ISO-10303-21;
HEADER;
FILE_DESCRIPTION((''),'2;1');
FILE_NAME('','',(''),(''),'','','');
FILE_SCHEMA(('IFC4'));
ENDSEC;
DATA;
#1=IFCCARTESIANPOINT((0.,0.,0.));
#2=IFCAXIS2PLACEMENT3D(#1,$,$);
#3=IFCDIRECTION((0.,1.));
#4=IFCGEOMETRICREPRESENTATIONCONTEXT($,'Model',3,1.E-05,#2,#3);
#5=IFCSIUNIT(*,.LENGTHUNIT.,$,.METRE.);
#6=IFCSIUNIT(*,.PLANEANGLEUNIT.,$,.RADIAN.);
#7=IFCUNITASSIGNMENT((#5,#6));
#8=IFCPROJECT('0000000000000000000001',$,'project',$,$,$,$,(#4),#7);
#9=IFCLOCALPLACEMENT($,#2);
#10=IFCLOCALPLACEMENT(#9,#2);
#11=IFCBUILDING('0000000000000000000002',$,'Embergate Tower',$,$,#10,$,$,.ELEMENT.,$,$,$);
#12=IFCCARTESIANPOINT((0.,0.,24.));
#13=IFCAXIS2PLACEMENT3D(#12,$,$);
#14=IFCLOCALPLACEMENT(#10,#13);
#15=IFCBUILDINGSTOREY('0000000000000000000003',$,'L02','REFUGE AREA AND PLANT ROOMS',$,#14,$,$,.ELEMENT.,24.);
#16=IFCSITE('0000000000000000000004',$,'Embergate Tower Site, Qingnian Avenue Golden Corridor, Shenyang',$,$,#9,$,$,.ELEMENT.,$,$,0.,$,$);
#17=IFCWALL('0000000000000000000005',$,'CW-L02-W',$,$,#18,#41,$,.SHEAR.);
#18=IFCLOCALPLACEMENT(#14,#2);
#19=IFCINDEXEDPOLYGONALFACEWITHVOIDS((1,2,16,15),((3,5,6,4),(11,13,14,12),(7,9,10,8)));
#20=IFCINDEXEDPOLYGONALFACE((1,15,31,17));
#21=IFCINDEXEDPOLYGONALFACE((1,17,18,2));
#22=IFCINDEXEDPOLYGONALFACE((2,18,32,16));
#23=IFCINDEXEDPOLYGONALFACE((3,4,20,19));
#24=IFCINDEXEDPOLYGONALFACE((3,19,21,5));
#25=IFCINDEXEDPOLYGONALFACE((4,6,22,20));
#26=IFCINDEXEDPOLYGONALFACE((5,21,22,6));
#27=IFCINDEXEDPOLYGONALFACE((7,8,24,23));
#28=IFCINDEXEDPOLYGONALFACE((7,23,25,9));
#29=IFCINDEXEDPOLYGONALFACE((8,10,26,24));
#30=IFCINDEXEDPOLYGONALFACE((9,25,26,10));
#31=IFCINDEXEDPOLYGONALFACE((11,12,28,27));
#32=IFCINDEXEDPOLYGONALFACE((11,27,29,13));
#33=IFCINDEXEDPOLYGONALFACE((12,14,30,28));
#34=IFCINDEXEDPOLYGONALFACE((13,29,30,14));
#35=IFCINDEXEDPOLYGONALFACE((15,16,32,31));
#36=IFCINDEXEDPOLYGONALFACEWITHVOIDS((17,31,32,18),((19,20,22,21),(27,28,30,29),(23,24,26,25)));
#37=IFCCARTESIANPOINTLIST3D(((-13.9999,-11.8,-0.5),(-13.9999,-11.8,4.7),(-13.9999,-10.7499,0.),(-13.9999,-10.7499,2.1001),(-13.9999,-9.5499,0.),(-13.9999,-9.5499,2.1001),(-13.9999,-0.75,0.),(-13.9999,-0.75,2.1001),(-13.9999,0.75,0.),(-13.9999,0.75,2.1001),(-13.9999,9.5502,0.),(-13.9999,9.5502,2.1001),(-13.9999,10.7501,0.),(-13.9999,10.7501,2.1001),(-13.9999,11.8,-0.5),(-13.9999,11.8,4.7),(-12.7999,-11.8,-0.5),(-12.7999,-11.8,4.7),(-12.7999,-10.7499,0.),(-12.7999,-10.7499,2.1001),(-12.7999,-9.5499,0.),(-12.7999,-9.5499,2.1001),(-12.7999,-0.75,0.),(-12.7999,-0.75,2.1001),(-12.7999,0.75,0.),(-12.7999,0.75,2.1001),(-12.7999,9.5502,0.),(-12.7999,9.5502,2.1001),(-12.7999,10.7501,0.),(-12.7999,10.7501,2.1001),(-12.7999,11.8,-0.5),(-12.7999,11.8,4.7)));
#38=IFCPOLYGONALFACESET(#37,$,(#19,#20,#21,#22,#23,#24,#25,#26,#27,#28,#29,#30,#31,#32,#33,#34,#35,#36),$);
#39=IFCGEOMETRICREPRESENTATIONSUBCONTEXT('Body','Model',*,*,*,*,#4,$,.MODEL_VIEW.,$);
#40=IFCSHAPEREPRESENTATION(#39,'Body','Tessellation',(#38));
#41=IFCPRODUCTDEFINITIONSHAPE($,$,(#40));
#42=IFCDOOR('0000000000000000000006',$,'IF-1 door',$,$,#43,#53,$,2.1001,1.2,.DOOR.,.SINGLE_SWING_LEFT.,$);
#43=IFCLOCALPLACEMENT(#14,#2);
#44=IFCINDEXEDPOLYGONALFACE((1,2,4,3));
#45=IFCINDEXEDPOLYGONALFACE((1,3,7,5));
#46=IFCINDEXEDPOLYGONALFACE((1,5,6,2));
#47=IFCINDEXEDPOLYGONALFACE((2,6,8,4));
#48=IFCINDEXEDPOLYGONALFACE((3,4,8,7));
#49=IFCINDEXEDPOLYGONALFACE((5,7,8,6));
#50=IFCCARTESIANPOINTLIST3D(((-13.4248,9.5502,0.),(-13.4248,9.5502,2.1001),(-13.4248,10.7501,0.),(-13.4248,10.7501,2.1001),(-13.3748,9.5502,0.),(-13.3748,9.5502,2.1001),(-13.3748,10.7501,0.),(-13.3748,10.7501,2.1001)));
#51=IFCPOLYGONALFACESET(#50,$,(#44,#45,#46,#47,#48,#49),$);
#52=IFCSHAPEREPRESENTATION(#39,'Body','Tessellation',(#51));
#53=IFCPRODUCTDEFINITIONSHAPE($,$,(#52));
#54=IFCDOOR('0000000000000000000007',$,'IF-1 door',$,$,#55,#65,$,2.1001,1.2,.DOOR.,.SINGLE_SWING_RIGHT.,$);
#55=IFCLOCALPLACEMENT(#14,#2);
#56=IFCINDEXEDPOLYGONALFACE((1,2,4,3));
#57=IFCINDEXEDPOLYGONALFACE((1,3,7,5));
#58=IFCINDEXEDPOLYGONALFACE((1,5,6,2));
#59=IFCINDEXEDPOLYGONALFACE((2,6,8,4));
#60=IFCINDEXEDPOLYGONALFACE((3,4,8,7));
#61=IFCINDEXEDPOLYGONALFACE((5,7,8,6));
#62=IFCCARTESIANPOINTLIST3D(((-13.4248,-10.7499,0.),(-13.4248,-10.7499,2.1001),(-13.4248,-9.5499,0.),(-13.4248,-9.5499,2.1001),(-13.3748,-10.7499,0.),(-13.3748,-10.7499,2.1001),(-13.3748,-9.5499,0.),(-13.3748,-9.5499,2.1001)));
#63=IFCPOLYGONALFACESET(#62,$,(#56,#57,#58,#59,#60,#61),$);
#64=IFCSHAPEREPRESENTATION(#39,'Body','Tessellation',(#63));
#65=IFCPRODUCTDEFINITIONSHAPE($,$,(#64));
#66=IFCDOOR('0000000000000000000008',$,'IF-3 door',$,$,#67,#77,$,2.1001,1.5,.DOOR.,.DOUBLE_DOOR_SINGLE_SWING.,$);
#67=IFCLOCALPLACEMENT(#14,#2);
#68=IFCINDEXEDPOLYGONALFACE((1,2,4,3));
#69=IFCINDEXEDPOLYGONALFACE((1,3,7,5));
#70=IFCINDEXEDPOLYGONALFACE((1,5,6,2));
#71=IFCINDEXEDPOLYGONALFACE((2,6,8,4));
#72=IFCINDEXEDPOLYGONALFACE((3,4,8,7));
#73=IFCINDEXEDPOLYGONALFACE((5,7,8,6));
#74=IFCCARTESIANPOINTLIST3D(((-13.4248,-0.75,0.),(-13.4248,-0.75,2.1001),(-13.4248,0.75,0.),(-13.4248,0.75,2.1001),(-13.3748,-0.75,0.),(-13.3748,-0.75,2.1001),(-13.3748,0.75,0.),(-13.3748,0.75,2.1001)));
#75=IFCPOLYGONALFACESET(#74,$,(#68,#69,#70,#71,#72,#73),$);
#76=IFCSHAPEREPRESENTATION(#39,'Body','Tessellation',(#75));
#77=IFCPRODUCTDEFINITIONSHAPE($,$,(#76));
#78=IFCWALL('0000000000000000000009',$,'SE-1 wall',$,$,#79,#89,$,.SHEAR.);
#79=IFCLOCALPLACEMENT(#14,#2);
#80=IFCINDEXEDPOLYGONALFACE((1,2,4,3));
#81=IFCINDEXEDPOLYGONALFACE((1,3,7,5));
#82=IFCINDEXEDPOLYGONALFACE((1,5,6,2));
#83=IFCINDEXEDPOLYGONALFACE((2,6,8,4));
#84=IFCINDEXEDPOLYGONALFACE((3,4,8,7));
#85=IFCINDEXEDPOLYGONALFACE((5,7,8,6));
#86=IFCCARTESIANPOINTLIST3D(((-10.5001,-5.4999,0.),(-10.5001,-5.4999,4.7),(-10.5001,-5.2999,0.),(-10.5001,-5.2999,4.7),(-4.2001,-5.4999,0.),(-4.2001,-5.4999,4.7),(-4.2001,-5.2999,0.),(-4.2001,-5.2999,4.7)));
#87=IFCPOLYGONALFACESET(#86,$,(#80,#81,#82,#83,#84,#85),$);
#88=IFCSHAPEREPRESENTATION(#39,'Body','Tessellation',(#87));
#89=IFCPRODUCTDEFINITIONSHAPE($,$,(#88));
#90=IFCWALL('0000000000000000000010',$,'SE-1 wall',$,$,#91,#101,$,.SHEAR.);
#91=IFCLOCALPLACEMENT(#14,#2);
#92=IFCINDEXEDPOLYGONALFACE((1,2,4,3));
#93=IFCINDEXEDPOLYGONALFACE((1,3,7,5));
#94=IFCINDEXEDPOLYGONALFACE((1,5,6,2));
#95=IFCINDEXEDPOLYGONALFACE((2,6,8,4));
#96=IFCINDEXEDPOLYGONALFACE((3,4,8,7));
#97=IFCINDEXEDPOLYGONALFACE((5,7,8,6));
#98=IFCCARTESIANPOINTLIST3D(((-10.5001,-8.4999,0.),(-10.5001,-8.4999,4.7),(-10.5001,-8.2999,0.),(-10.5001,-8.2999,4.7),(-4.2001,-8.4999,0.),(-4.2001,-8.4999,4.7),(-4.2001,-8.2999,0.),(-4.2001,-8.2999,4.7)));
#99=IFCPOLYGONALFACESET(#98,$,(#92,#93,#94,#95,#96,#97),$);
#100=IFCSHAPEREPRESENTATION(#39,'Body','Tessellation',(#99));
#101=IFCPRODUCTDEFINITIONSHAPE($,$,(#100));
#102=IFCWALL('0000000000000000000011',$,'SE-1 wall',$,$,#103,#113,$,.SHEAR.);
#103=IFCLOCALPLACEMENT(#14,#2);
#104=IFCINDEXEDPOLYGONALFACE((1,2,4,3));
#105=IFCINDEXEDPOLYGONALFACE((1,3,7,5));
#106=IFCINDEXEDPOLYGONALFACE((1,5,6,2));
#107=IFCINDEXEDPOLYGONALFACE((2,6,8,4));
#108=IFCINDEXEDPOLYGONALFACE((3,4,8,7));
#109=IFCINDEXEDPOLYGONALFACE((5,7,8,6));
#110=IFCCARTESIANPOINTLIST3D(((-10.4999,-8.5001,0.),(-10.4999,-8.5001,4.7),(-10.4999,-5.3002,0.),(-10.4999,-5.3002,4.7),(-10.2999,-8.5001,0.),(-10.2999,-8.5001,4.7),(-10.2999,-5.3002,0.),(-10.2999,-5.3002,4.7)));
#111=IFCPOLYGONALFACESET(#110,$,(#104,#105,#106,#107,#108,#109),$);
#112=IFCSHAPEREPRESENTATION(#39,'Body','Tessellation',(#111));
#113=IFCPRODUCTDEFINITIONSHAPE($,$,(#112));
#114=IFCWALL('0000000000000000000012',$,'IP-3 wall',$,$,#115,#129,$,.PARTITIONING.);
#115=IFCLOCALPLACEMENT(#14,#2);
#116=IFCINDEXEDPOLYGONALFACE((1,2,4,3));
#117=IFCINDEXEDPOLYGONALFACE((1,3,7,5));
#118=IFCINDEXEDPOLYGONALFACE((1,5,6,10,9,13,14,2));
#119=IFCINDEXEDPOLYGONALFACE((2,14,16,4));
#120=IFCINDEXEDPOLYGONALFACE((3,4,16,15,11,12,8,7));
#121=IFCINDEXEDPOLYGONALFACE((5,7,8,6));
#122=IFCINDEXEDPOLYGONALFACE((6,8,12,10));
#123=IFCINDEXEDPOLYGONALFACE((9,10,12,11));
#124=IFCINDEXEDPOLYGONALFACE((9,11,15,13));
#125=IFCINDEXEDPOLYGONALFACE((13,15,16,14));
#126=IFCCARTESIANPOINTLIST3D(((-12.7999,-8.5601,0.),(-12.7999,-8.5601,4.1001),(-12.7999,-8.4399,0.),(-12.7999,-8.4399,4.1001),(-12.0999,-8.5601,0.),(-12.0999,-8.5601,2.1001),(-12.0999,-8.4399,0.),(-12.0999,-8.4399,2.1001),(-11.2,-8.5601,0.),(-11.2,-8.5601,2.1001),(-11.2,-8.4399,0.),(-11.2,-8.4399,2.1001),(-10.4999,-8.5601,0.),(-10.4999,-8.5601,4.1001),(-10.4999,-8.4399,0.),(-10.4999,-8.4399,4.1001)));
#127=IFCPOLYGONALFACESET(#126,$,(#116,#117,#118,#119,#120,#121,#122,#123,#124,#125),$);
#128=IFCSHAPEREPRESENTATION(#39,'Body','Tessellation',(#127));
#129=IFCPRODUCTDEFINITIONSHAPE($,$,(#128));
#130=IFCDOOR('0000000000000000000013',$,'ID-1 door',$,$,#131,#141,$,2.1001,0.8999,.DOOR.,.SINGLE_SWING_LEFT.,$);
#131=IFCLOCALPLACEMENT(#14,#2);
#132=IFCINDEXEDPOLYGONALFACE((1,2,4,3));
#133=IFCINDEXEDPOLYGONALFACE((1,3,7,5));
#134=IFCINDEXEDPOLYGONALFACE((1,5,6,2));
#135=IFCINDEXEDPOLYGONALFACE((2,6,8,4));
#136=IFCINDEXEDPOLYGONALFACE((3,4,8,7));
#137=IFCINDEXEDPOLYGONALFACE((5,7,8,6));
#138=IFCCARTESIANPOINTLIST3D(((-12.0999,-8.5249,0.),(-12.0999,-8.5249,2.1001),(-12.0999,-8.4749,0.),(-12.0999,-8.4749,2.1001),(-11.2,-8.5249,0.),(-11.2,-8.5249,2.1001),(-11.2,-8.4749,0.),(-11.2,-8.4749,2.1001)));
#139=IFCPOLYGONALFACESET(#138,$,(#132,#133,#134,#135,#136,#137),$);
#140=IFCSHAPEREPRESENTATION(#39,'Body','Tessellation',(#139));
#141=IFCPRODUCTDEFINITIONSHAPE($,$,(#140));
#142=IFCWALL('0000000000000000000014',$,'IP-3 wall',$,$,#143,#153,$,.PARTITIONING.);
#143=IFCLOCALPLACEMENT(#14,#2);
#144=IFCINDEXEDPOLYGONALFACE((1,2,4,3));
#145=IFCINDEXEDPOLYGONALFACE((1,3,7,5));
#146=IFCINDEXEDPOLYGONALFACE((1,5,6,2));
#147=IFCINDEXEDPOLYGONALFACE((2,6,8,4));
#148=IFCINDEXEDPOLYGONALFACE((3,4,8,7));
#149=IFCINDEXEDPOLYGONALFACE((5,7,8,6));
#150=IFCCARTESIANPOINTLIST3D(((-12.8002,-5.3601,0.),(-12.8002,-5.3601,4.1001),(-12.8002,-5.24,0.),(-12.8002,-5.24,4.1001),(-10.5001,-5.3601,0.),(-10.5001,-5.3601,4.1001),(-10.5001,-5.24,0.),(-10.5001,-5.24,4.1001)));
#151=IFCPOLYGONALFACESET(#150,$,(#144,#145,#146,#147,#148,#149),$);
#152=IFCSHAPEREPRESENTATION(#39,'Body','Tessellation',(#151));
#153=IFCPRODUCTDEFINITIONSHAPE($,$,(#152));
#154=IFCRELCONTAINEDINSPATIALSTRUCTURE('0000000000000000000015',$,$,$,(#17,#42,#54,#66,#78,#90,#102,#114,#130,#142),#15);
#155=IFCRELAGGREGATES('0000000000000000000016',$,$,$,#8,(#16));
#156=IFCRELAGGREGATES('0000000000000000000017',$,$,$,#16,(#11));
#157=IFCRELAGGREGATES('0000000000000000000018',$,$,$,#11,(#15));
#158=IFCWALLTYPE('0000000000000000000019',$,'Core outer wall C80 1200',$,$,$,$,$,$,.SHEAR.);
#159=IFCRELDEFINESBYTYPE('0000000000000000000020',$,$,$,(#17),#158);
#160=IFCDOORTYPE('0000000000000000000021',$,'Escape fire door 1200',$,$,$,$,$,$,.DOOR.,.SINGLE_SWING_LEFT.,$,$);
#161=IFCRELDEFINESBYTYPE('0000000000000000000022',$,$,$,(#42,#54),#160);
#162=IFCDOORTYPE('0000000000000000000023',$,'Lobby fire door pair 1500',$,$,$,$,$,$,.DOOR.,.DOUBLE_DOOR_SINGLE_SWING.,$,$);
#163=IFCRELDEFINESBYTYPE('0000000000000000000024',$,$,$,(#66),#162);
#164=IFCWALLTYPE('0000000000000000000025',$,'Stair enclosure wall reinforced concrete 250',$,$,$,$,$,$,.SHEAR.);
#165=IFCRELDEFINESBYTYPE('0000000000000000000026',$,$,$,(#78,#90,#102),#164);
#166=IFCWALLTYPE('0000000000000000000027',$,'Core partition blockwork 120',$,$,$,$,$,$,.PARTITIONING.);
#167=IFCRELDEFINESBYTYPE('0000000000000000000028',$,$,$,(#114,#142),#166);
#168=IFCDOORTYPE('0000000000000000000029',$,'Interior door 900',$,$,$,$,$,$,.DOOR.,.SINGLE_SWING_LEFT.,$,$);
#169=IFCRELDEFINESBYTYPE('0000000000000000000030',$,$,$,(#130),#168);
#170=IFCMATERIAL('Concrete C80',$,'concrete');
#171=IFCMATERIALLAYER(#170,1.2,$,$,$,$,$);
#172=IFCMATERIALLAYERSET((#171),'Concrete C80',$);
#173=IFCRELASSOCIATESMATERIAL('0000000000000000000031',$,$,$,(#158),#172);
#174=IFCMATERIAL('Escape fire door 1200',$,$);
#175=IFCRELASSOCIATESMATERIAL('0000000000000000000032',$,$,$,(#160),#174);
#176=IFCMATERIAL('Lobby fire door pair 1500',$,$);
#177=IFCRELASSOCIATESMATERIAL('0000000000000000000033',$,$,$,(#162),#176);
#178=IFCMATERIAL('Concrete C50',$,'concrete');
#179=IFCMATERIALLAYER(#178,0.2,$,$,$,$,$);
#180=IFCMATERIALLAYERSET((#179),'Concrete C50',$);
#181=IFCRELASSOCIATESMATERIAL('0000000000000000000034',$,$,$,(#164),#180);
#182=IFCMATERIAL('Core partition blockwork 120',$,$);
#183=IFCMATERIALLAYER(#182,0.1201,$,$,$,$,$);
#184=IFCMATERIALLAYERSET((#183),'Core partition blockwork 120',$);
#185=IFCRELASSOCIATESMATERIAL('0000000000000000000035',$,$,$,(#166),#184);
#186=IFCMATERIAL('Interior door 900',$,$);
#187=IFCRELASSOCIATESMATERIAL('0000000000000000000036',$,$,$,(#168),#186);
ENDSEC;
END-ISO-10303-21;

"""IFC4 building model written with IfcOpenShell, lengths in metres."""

from ifc_helpers import new_model, si_unit, direction, frame, frame_2d, origin, place, context, subcontext, project, spatial, rectangle, extrude, source, transform, mapped, material, layer, layer_set, type_object, element, fill, save


model = new_model("IFC4")

# Units and contexts
model_context = context("Model", 3, precision=1e-05, world=origin(), true_north=direction((0.0, 1.0)))
body_context = subcontext(model_context, "Body", "Model", "MODEL_VIEW")
ifc_project = project(units=[si_unit("LENGTHUNIT", "METRE"), si_unit("PLANEANGLEUNIT", "RADIAN")], contexts=[model_context])

# Site, building, storey
site_placement = place(None, origin())
site = spatial("IfcSite", under=ifc_project, at=site_placement, Name="Embergate Tower Site, Qingnian Avenue Golden Corridor, Shenyang", CompositionType="ELEMENT", RefElevation=0.0)
building_placement = place(site_placement, origin())
building = spatial("IfcBuilding", under=site, at=building_placement, Name="Embergate Tower", CompositionType="ELEMENT")
storey_placement = place(building_placement, frame((0.0, 0.0, 24.0)))
storey = spatial("IfcBuildingStorey", under=building, at=storey_placement, Name="L02", Description="REFUGE AREA AND PLANT ROOMS", CompositionType="ELEMENT", Elevation=24.0)

# Shared definitions
ifc_material_1 = material(Name="Concrete C80", Category="concrete")
ifc_layer_1 = layer(ifc_material_1, 1.2)
ifc_layer_set_1 = layer_set([ifc_layer_1], Name="Concrete C80")
wall_type_1 = type_object("IfcWallType", Name="Core outer wall C80 1200", PredefinedType="SHEAR", material=ifc_layer_set_1)

# Wall, openings, doors
shared_shape_1 = source(origin(), body_context, "Body", "SweptSolid", [
    extrude(rectangle(XDim=23.6001, YDim=1.2, at=frame_2d((11.8, 0.0))), origin(), (0.0, 0.0, 1.0), 5.2),
])
wall_1_placement = place(storey_placement, frame((-13.3999, -11.8, -0.5), z_axis=(0.0, 0.0, 1.0), x_axis=(0.0, 1.0, 0.0)))
wall_1 = element("IfcWall", 1, at=wall_1_placement, inside=storey, type_object=wall_type_1, Name="CW-L02-W", PredefinedType="SHEAR", context=body_context, shape_type="MappedRepresentation", body=[
    mapped(shared_shape_1, transform((0.0, 0.0, 0.0))),
])
shared_shape_2 = source(origin(), body_context, "Body", "SweptSolid", [
    extrude(rectangle(XDim=1.2, YDim=2.1001, at=frame_2d((0.6001, 1.05))), frame((0.0, 0.6099, 0.0), z_axis=(0.0, -1.0, 0.0), x_axis=(1.0, 0.0, 0.0)), (0.0, 0.0, 1.0), 1.22),
])
opening_1_placement = place(wall_1_placement, frame((21.3501, 0.0, 0.5)))
opening_1 = element("IfcOpeningElement", 2, at=opening_1_placement, cuts=wall_1, PredefinedType="OPENING", context=body_context, shape_type="MappedRepresentation", body=[
    mapped(shared_shape_2, transform((0.0, 0.0, 0.0))),
])
opening_2_placement = place(wall_1_placement, frame((1.05, 0.0, 0.5)))
opening_2 = element("IfcOpeningElement", 3, at=opening_2_placement, cuts=wall_1, PredefinedType="OPENING", context=body_context, shape_type="MappedRepresentation", body=[
    mapped(shared_shape_2, transform((0.0, 0.0, 0.0))),
])
shared_shape_3 = source(origin(), body_context, "Body", "SweptSolid", [
    extrude(rectangle(XDim=1.5, YDim=2.1001, at=frame_2d((0.75, 1.05))), frame((0.0, 0.6099, 0.0), z_axis=(0.0, -1.0, 0.0), x_axis=(1.0, 0.0, 0.0)), (0.0, 0.0, 1.0), 1.22),
])
opening_3_placement = place(wall_1_placement, frame((11.05, 0.0, 0.5)))
opening_3 = element("IfcOpeningElement", 4, at=opening_3_placement, cuts=wall_1, PredefinedType="OPENING", context=body_context, shape_type="MappedRepresentation", body=[
    mapped(shared_shape_3, transform((0.0, 0.0, 0.0))),
])
ifc_material_2 = material(Name="Escape fire door 1200")
door_type_1 = type_object("IfcDoorType", Name="Escape fire door 1200", OperationType="SINGLE_SWING_LEFT", PredefinedType="DOOR", material=ifc_material_2)
shared_shape_4 = source(origin(), body_context, "Body", "SweptSolid", [
    extrude(rectangle(XDim=1.2, YDim=2.1001, at=frame_2d((0.6001, 1.05))), frame((0.0, 0.0249, 0.0), z_axis=(0.0, -1.0, 0.0), x_axis=(1.0, 0.0, 0.0)), (0.0, 0.0, 1.0), 0.05),
])
door_1_placement = place(opening_1_placement, origin())
door_1 = element("IfcDoor", 5, at=door_1_placement, inside=storey, type_object=door_type_1, Name="IF-1 door", OperationType="SINGLE_SWING_LEFT", OverallHeight=2.1001, OverallWidth=1.2, PredefinedType="DOOR", context=body_context, shape_type="MappedRepresentation", body=[
    mapped(shared_shape_4, transform((0.0, 0.0, 0.0))),
])
fill(opening_1, door_1)
door_2_placement = place(opening_2_placement, origin())
door_2 = element("IfcDoor", 6, at=door_2_placement, inside=storey, type_object=door_type_1, Name="IF-1 door", OperationType="SINGLE_SWING_RIGHT", OverallHeight=2.1001, OverallWidth=1.2, PredefinedType="DOOR", context=body_context, shape_type="MappedRepresentation", body=[
    mapped(shared_shape_4, transform((0.0, 0.0, 0.0))),
])
fill(opening_2, door_2)
ifc_material_3 = material(Name="Lobby fire door pair 1500")
door_type_2 = type_object("IfcDoorType", Name="Lobby fire door pair 1500", OperationType="DOUBLE_DOOR_SINGLE_SWING", PredefinedType="DOOR", material=ifc_material_3)
shared_shape_5 = source(origin(), body_context, "Body", "SweptSolid", [
    extrude(rectangle(XDim=1.5, YDim=2.1001, at=frame_2d((0.75, 1.05))), frame((0.0, 0.0249, 0.0), z_axis=(0.0, -1.0, 0.0), x_axis=(1.0, 0.0, 0.0)), (0.0, 0.0, 1.0), 0.05),
])
door_3_placement = place(opening_3_placement, origin())
door_3 = element("IfcDoor", 7, at=door_3_placement, inside=storey, type_object=door_type_2, Name="IF-3 door", OperationType="DOUBLE_DOOR_SINGLE_SWING", OverallHeight=2.1001, OverallWidth=1.5, PredefinedType="DOOR", context=body_context, shape_type="MappedRepresentation", body=[
    mapped(shared_shape_5, transform((0.0, 0.0, 0.0))),
])
fill(opening_3, door_3)

# Walls
ifc_material_4 = material(Name="Concrete C50", Category="concrete")
ifc_layer_2 = layer(ifc_material_4, 0.2)
ifc_layer_set_2 = layer_set([ifc_layer_2], Name="Concrete C50")
wall_type_2 = type_object("IfcWallType", Name="Stair enclosure wall reinforced concrete 250", PredefinedType="SHEAR", material=ifc_layer_set_2)
shared_shape_6 = source(origin(), body_context, "Body", "SweptSolid", [
    extrude(rectangle(XDim=6.3, YDim=0.2, at=frame_2d((3.1499, 0.0))), origin(), (0.0, 0.0, 1.0), 4.7),
])
for number, where, z_axis, x_axis, name in (
    (8, (-10.5, -5.3999, 0.0), (0.0, 0.0, 1.0), (1.0, 0.0, 0.0), "SE-1 wall"),
    (9, (-10.5, -8.3999, 0.0), (0.0, 0.0, 1.0), (1.0, 0.0, 0.0), "SE-1 wall"),
):
    element("IfcWall", number, at=place(storey_placement, frame(where, z_axis=z_axis, x_axis=x_axis)), inside=storey, type_object=wall_type_2, Name=name, PredefinedType="SHEAR", context=body_context, shape_type="MappedRepresentation", body=[
        mapped(shared_shape_6, transform((0.0, 0.0, 0.0))),
    ])
shared_shape_7 = source(origin(), body_context, "Body", "SweptSolid", [
    extrude(rectangle(XDim=3.2, YDim=0.2, at=frame_2d((1.6001, 0.0))), origin(), (0.0, 0.0, 1.0), 4.7),
])
wall_2_placement = place(storey_placement, frame((-10.3999, -5.3, 0.0), z_axis=(0.0, 0.0, 1.0), x_axis=(0.0, -1.0, 0.0)))
element("IfcWall", 10, at=wall_2_placement, inside=storey, type_object=wall_type_2, Name="SE-1 wall", PredefinedType="SHEAR", context=body_context, shape_type="MappedRepresentation", body=[
    mapped(shared_shape_7, transform((0.0, 0.0, 0.0))),
])

# Wall, opening, door
ifc_material_5 = material(Name="Core partition blockwork 120")
ifc_layer_3 = layer(ifc_material_5, 0.1201)
ifc_layer_set_3 = layer_set([ifc_layer_3], Name="Core partition blockwork 120")
wall_type_3 = type_object("IfcWallType", Name="Core partition blockwork 120", PredefinedType="PARTITIONING", material=ifc_layer_set_3)
shared_shape_8 = source(origin(), body_context, "Body", "SweptSolid", [
    extrude(rectangle(XDim=2.3, YDim=0.1201, at=frame_2d((1.1499, 0.0))), origin(), (0.0, 0.0, 1.0), 4.1001),
])
wall_3_placement = place(storey_placement, frame((-10.5, -8.5, 0.0), z_axis=(0.0, 0.0, 1.0), x_axis=(-1.0, 0.0, 0.0)))
wall_3 = element("IfcWall", 11, at=wall_3_placement, inside=storey, type_object=wall_type_3, Name="IP-3 wall", PredefinedType="PARTITIONING", context=body_context, shape_type="MappedRepresentation", body=[
    mapped(shared_shape_8, transform((0.0, 0.0, 0.0))),
])
shared_shape_9 = source(origin(), body_context, "Body", "SweptSolid", [
    extrude(rectangle(XDim=0.8999, YDim=2.1001, at=frame_2d((0.45, 1.05))), frame((0.0, 0.0701, 0.0), z_axis=(0.0, -1.0, 0.0), x_axis=(1.0, 0.0, 0.0)), (0.0, 0.0, 1.0), 0.1401),
])
opening_4_placement = place(wall_3_placement, frame((0.7, 0.0, 0.0)))
opening_4 = element("IfcOpeningElement", 12, at=opening_4_placement, cuts=wall_3, PredefinedType="OPENING", context=body_context, shape_type="MappedRepresentation", body=[
    mapped(shared_shape_9, transform((0.0, 0.0, 0.0))),
])
ifc_material_6 = material(Name="Interior door 900")
door_type_3 = type_object("IfcDoorType", Name="Interior door 900", OperationType="SINGLE_SWING_LEFT", PredefinedType="DOOR", material=ifc_material_6)
shared_shape_10 = source(origin(), body_context, "Body", "SweptSolid", [
    extrude(rectangle(XDim=0.8999, YDim=2.1001, at=frame_2d((0.45, 1.05))), frame((0.0, 0.0249, 0.0), z_axis=(0.0, -1.0, 0.0), x_axis=(1.0, 0.0, 0.0)), (0.0, 0.0, 1.0), 0.05),
])
door_4_placement = place(opening_4_placement, origin())
door_4 = element("IfcDoor", 13, at=door_4_placement, inside=storey, type_object=door_type_3, Name="ID-1 door", OperationType="SINGLE_SWING_LEFT", OverallHeight=2.1001, OverallWidth=0.8999, PredefinedType="DOOR", context=body_context, shape_type="MappedRepresentation", body=[
    mapped(shared_shape_10, transform((0.0, 0.0, 0.0))),
])
fill(opening_4, door_4)

# Wall
wall_4_placement = place(storey_placement, frame((-12.8, -5.3, 0.0), z_axis=(0.0, 0.0, 1.0), x_axis=(1.0, 0.0, 0.0)))
element("IfcWall", 14, at=wall_4_placement, inside=storey, type_object=wall_type_3, Name="IP-3 wall", PredefinedType="PARTITIONING", context=body_context, shape_type="MappedRepresentation", body=[
    mapped(shared_shape_8, transform((0.0, 0.0, 0.0))),
])

save(model, "model.ifc")
